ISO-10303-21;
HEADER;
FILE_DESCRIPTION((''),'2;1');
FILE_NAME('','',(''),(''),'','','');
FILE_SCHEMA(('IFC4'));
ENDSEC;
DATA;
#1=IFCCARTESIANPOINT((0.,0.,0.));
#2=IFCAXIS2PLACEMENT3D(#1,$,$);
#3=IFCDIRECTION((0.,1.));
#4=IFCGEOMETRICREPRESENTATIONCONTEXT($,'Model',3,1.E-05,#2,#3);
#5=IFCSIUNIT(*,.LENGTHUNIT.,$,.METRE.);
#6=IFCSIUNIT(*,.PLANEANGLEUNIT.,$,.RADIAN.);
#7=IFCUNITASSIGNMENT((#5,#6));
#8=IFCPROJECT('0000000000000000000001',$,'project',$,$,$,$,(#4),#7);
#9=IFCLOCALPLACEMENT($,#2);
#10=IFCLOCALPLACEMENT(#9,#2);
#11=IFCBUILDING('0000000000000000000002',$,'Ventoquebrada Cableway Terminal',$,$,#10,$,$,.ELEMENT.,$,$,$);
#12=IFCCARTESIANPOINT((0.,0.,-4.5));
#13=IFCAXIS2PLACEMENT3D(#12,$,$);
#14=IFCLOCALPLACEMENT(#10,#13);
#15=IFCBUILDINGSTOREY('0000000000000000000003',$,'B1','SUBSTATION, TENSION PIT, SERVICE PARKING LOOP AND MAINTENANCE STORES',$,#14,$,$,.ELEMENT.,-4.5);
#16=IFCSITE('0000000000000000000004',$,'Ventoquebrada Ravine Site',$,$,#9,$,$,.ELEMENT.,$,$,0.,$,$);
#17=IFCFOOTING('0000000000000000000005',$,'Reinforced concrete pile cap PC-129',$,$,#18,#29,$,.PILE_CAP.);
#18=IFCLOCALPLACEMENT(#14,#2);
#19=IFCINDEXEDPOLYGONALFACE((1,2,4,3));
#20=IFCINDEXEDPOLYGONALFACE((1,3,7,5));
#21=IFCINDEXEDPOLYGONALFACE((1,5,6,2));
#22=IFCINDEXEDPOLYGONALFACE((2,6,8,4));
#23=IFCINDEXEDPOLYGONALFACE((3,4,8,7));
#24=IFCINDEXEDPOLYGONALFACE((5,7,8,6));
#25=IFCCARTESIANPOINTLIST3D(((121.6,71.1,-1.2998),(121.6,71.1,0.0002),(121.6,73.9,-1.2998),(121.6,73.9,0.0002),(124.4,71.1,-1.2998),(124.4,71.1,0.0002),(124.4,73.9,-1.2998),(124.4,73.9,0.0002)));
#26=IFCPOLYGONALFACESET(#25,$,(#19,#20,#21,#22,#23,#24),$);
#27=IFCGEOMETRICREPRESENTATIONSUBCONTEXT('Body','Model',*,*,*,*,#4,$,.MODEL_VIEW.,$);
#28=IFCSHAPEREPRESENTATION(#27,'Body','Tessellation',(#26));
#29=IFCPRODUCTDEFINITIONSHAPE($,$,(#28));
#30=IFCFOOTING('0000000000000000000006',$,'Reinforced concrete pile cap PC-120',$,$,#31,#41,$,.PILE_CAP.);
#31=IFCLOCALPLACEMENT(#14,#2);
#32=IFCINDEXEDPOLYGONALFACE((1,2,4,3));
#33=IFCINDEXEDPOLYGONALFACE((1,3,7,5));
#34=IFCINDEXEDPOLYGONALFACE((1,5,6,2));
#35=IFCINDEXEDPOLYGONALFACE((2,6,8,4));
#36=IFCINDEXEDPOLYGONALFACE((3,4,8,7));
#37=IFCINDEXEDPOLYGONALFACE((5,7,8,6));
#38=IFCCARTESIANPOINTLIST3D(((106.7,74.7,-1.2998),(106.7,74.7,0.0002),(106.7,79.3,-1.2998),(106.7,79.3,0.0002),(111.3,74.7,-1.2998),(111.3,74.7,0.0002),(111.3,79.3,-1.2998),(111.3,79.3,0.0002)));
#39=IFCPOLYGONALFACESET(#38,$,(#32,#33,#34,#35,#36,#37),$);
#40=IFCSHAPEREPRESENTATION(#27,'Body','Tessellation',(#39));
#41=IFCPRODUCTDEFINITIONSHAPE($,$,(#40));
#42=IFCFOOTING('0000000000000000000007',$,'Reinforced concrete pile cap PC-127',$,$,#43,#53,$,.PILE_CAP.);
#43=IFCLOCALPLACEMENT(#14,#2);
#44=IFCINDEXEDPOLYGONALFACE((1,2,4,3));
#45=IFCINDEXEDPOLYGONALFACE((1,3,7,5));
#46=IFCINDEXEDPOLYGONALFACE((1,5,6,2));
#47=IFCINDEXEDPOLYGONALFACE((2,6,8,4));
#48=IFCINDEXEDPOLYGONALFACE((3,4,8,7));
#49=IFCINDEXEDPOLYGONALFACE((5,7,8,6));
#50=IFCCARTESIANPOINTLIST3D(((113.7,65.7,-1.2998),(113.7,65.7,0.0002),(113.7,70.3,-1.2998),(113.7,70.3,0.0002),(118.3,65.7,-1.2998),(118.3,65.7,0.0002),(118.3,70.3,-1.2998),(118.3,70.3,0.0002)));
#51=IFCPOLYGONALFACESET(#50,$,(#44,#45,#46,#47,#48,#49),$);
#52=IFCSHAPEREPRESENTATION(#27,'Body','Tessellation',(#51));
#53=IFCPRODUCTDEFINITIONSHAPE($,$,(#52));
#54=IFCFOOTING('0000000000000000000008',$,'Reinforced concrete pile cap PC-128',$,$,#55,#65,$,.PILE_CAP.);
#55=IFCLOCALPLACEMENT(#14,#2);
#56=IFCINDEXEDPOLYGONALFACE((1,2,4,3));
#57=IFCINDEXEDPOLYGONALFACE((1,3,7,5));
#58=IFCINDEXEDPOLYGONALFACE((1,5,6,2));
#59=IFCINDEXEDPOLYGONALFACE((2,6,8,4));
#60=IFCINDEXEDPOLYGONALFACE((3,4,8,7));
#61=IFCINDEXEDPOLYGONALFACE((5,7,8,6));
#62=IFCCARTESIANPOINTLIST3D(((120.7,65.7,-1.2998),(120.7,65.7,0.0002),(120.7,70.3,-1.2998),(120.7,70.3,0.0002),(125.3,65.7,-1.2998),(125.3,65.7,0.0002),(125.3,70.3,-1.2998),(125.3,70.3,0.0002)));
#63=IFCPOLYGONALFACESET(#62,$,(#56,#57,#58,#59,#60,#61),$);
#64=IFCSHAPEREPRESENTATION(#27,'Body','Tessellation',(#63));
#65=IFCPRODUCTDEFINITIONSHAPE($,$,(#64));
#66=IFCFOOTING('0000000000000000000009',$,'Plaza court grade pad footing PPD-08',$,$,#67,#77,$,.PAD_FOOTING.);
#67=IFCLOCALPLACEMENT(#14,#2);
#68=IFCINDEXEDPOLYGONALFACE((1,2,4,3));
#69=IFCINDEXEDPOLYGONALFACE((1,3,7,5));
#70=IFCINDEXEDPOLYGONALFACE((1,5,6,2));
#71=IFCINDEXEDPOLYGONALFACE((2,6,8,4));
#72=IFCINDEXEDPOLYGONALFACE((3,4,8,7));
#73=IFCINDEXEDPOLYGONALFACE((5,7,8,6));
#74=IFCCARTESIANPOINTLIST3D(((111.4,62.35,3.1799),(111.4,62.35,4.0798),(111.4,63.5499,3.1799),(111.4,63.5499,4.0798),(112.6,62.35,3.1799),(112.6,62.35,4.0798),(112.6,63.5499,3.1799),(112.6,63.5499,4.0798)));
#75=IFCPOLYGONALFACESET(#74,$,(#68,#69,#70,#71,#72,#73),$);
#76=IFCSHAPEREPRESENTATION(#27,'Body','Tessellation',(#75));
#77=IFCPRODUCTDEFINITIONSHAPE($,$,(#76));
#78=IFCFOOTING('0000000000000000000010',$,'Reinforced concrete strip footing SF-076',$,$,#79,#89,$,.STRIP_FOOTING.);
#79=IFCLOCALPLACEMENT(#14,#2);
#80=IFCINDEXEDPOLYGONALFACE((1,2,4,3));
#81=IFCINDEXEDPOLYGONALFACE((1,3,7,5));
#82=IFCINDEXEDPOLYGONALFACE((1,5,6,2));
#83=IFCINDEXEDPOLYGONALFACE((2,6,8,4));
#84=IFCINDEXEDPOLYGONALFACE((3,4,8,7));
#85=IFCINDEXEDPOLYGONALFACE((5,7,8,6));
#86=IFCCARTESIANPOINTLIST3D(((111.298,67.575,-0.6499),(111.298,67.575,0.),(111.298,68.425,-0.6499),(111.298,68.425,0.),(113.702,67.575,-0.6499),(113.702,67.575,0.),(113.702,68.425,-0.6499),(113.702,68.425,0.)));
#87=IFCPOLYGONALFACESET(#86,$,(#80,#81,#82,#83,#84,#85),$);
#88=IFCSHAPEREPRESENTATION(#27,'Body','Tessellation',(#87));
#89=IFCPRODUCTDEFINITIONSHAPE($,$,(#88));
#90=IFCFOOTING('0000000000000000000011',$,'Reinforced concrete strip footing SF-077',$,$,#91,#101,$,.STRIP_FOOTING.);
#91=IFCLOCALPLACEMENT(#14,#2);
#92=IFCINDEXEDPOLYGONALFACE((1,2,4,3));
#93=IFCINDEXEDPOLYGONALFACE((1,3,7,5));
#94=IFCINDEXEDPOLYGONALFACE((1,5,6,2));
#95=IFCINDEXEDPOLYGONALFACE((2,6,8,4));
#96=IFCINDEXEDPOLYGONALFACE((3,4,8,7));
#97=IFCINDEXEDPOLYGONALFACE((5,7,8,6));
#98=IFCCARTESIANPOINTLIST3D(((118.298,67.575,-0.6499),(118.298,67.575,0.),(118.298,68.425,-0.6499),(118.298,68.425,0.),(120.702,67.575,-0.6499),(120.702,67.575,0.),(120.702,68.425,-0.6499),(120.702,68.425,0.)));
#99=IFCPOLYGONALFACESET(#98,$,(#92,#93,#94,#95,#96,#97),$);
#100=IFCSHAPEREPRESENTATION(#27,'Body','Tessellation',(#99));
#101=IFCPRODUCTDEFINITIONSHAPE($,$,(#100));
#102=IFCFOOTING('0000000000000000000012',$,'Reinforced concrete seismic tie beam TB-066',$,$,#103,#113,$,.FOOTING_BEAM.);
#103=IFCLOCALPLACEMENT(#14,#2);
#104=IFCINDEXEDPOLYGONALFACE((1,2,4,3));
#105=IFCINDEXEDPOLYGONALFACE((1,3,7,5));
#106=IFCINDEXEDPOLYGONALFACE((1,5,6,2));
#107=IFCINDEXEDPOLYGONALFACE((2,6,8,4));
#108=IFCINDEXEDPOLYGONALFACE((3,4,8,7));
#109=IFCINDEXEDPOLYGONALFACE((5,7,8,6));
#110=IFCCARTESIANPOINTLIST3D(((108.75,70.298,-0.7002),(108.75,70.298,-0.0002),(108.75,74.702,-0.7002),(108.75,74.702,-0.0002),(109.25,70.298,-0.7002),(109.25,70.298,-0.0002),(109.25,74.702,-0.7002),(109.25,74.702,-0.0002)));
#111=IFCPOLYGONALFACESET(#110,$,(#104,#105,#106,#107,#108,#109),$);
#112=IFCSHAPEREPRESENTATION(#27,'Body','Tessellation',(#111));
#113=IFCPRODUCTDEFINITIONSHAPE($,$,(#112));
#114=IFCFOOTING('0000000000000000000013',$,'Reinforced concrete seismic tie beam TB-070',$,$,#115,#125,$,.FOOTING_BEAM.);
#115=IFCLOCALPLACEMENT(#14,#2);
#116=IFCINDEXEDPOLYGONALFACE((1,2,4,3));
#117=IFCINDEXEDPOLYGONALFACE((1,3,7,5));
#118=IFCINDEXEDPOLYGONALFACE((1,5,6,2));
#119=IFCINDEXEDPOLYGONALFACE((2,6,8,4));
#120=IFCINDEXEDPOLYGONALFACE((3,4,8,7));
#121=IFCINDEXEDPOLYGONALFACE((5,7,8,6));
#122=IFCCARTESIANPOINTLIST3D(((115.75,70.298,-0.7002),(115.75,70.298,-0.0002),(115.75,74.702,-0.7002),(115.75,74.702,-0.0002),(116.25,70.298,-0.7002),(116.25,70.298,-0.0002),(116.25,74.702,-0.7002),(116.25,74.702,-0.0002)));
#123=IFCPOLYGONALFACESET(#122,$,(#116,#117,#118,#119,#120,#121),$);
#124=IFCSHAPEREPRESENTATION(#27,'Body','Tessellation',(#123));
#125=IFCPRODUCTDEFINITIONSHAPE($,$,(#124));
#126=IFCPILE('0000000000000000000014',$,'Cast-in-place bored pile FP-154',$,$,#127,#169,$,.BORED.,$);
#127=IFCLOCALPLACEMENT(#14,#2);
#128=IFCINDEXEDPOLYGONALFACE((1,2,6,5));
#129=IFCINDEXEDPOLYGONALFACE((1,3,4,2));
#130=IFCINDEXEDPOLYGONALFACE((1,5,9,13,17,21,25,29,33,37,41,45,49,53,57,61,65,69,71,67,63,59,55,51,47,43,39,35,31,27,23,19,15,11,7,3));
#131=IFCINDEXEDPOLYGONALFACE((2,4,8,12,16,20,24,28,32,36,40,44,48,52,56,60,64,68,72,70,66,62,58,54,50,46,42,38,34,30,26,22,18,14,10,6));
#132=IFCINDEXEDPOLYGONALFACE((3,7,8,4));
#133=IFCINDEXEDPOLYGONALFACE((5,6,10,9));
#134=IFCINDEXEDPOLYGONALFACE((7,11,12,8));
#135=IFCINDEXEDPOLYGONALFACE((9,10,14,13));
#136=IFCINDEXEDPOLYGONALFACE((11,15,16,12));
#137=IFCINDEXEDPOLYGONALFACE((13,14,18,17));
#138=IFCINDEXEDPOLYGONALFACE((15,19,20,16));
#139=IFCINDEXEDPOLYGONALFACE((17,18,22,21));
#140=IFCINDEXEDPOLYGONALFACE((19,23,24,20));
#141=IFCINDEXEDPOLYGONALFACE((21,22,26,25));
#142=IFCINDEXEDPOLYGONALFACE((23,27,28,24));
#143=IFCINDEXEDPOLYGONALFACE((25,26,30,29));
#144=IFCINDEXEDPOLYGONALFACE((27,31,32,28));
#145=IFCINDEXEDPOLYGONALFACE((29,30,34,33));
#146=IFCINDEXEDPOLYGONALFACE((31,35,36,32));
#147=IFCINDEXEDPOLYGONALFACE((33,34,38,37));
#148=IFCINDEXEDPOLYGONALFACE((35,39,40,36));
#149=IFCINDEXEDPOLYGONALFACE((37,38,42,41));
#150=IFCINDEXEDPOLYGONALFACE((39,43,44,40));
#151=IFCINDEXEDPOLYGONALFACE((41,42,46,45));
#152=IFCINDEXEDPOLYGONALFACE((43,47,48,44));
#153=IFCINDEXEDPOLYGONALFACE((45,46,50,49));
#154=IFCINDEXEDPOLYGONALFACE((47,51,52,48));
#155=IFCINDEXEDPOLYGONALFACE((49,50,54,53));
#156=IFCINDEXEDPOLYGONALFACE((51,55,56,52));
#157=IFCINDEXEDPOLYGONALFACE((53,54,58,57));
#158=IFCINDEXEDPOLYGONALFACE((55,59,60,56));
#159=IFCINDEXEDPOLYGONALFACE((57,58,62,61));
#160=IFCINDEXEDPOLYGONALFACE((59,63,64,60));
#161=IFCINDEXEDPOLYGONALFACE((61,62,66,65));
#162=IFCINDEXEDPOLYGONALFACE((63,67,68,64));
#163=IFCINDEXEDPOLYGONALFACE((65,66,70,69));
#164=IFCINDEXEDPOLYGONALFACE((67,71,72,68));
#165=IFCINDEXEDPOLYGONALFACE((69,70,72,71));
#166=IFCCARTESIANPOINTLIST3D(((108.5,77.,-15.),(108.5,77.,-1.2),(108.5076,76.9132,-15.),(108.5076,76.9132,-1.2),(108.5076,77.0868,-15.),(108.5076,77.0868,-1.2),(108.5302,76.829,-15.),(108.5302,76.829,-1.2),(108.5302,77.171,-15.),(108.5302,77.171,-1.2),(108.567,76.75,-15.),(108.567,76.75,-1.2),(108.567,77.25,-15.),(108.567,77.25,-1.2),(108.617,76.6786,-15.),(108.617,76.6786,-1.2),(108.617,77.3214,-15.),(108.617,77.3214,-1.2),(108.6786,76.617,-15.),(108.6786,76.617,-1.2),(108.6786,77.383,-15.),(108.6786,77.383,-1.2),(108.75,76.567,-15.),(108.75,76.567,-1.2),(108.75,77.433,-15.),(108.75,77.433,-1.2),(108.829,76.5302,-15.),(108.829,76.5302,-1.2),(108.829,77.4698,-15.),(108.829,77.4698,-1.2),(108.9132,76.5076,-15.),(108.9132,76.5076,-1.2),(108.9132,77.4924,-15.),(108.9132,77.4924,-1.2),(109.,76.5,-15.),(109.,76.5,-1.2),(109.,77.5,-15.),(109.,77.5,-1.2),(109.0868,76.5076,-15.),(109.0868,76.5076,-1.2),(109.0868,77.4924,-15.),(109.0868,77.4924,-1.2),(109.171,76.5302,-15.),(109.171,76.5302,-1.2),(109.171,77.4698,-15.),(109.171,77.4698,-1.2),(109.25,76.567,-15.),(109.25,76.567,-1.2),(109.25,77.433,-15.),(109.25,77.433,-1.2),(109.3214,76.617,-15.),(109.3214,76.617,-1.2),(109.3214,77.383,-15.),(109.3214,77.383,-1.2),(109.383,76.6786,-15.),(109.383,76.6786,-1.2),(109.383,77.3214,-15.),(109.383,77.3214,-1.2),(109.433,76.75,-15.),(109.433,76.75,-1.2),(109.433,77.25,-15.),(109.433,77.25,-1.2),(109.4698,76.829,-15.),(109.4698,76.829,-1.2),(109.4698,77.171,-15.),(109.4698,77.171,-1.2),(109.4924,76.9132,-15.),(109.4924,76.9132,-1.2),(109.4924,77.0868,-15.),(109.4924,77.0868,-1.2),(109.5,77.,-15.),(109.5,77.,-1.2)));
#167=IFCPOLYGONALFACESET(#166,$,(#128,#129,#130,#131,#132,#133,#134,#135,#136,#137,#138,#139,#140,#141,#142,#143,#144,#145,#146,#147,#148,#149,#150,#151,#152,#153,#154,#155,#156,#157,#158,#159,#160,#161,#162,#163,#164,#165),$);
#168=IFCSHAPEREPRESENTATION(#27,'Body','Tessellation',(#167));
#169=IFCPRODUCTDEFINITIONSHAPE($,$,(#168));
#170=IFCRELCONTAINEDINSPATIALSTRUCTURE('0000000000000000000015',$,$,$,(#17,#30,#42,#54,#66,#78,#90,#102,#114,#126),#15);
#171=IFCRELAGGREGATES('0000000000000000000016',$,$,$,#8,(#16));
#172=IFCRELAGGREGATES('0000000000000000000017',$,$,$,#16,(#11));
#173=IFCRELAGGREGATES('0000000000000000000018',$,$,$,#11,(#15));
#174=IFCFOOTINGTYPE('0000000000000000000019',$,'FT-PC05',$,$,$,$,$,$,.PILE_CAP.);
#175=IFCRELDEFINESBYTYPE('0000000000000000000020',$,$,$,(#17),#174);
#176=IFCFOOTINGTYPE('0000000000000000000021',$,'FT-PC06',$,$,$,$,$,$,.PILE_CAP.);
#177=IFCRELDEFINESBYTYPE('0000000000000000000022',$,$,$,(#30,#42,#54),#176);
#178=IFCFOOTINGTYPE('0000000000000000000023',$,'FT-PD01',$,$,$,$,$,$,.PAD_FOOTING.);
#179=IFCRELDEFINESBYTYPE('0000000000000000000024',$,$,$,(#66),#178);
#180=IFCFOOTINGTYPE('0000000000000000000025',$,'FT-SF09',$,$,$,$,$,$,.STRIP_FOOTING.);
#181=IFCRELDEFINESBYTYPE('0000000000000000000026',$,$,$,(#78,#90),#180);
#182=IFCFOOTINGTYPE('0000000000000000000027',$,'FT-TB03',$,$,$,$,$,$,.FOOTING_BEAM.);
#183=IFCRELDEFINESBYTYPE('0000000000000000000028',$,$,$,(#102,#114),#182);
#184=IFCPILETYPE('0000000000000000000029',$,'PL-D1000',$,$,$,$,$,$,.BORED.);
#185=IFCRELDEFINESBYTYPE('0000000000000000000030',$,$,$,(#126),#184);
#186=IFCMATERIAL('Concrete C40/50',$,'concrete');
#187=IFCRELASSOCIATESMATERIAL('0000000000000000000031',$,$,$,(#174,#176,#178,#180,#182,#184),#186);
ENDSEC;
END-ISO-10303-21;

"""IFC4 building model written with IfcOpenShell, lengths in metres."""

from ifc_helpers import new_model, si_unit, direction, frame, origin, origin_2d, place, context, subcontext, project, spatial, rectangle, circle, extrude, material, material_profile, profile_set, type_object, element, save


model = new_model("IFC4")

# Units and contexts
model_context = context("Model", 3, precision=1e-05, world=origin(), true_north=direction((0.0, 1.0)))
body_context = subcontext(model_context, "Body", "Model", "MODEL_VIEW")
ifc_project = project(units=[si_unit("LENGTHUNIT", "METRE"), si_unit("PLANEANGLEUNIT", "RADIAN")], contexts=[model_context])

# Site, building, storey
site_placement = place(None, origin())
site = spatial("IfcSite", under=ifc_project, at=site_placement, Name="Ventoquebrada Ravine Site", CompositionType="ELEMENT", RefElevation=0.0)
building_placement = place(site_placement, origin())
building = spatial("IfcBuilding", under=site, at=building_placement, Name="Ventoquebrada Cableway Terminal", CompositionType="ELEMENT")
storey_placement = place(building_placement, frame((0.0, 0.0, -4.5)))
storey = spatial("IfcBuildingStorey", under=building, at=storey_placement, Name="B1", Description="SUBSTATION, TENSION PIT, SERVICE PARKING LOOP AND MAINTENANCE STORES", CompositionType="ELEMENT", Elevation=-4.5)

# Footings
ifc_material = material(Name="Concrete C40/50", Category="concrete")
footing_type_1 = type_object("IfcFootingType", Name="FT-PC05", PredefinedType="PILE_CAP", material=ifc_material)
footing_1_placement = place(storey_placement, frame((123.0, 72.5, -1.2998), z_axis=(0.0, 0.0, 1.0), x_axis=(1.0, 0.0, 0.0)))
element("IfcFooting", 1, at=footing_1_placement, inside=storey, type_object=footing_type_1, Name="Reinforced concrete pile cap PC-129", PredefinedType="PILE_CAP", context=body_context, shape_type="SweptSolid", body=[
    extrude(rectangle(XDim=2.8, YDim=2.8, at=origin_2d()), origin(), (0.0, 0.0, 1.0), 1.3),
])
footing_type_2 = type_object("IfcFootingType", Name="FT-PC06", PredefinedType="PILE_CAP", material=ifc_material)
for number, where, z_axis, x_axis, name in (
    (2, (109.0, 77.0, -1.2998), (0.0, 0.0, 1.0), (1.0, 0.0, 0.0), "Reinforced concrete pile cap PC-120"),
    (3, (116.0, 68.0, -1.2998), (0.0, 0.0, 1.0), (1.0, 0.0, 0.0), "Reinforced concrete pile cap PC-127"),
    (4, (123.0, 68.0, -1.2998), (0.0, 0.0, 1.0), (1.0, 0.0, 0.0), "Reinforced concrete pile cap PC-128"),
):
    element("IfcFooting", number, at=place(storey_placement, frame(where, z_axis=z_axis, x_axis=x_axis)), inside=storey, type_object=footing_type_2, Name=name, PredefinedType="PILE_CAP", context=body_context, shape_type="SweptSolid", body=[
        extrude(rectangle(XDim=4.6001, YDim=4.6001, at=origin_2d()), origin(), (0.0, 0.0, 1.0), 1.3),
    ])
footing_type_3 = type_object("IfcFootingType", Name="FT-PD01", PredefinedType="PAD_FOOTING", material=ifc_material)
footing_2_placement = place(storey_placement, frame((112.0, 62.95, 3.1799), z_axis=(0.0, 0.0, 1.0), x_axis=(1.0, 0.0, 0.0)))
element("IfcFooting", 5, at=footing_2_placement, inside=storey, type_object=footing_type_3, Name="Plaza court grade pad footing PPD-08", PredefinedType="PAD_FOOTING", context=body_context, shape_type="SweptSolid", body=[
    extrude(rectangle(XDim=1.2, YDim=1.2, at=origin_2d()), origin(), (0.0, 0.0, 1.0), 0.8999),
])
footing_type_4 = type_object("IfcFootingType", Name="FT-SF09", PredefinedType="STRIP_FOOTING", material=ifc_material)
for number, where, z_axis, x_axis, name in (
    (6, (112.5, 68.0, -0.6499), (0.0, 0.0, 1.0), (1.0, 0.0, 0.0), "Reinforced concrete strip footing SF-076"),
    (7, (119.5, 68.0, -0.6499), (0.0, 0.0, 1.0), (1.0, 0.0, 0.0), "Reinforced concrete strip footing SF-077"),
):
    element("IfcFooting", number, at=place(storey_placement, frame(where, z_axis=z_axis, x_axis=x_axis)), inside=storey, type_object=footing_type_4, Name=name, PredefinedType="STRIP_FOOTING", context=body_context, shape_type="SweptSolid", body=[
        extrude(rectangle(XDim=2.4041, YDim=0.8501, at=origin_2d()), origin(), (0.0, 0.0, 1.0), 0.6499),
    ])
footing_type_5 = type_object("IfcFootingType", Name="FT-TB03", PredefinedType="FOOTING_BEAM", material=ifc_material)
for number, where, z_axis, x_axis, name in (
    (8, (109.0, 72.5, -0.7002), (0.0, 0.0, 1.0), (0.0, 1.0, 0.0), "Reinforced concrete seismic tie beam TB-066"),
    (9, (116.0, 72.5, -0.7002), (0.0, 0.0, 1.0), (0.0, 1.0, 0.0), "Reinforced concrete seismic tie beam TB-070"),
):
    element("IfcFooting", number, at=place(storey_placement, frame(where, z_axis=z_axis, x_axis=x_axis)), inside=storey, type_object=footing_type_5, Name=name, PredefinedType="FOOTING_BEAM", context=body_context, shape_type="SweptSolid", body=[
        extrude(rectangle(XDim=4.4041, YDim=0.5, at=origin_2d()), origin(), (0.0, 0.0, 1.0), 0.7),
    ])

# Pile
ifc_material_profile_1 = material_profile(ifc_material, circle(Radius=0.5, at=origin_2d()), Name="PILE-D1000")
ifc_profile_set_1 = profile_set([ifc_material_profile_1], Name="Concrete C40/50")
pile_type = type_object("IfcPileType", Name="PL-D1000", PredefinedType="BORED", material=ifc_profile_set_1)
pile_1_placement = place(storey_placement, frame((109.0, 77.0, -1.2), z_axis=(0.0, 0.0, -1.0), x_axis=(1.0, 0.0, 0.0)))
element("IfcPile", 10, at=pile_1_placement, inside=storey, type_object=pile_type, Name="Cast-in-place bored pile FP-154", PredefinedType="BORED", context=body_context, shape_type="SweptSolid", body=[
    extrude(circle(Radius=0.5, at=origin_2d()), origin(), (0.0, 0.0, 1.0), 13.8),
])

save(model, "model.ifc")
